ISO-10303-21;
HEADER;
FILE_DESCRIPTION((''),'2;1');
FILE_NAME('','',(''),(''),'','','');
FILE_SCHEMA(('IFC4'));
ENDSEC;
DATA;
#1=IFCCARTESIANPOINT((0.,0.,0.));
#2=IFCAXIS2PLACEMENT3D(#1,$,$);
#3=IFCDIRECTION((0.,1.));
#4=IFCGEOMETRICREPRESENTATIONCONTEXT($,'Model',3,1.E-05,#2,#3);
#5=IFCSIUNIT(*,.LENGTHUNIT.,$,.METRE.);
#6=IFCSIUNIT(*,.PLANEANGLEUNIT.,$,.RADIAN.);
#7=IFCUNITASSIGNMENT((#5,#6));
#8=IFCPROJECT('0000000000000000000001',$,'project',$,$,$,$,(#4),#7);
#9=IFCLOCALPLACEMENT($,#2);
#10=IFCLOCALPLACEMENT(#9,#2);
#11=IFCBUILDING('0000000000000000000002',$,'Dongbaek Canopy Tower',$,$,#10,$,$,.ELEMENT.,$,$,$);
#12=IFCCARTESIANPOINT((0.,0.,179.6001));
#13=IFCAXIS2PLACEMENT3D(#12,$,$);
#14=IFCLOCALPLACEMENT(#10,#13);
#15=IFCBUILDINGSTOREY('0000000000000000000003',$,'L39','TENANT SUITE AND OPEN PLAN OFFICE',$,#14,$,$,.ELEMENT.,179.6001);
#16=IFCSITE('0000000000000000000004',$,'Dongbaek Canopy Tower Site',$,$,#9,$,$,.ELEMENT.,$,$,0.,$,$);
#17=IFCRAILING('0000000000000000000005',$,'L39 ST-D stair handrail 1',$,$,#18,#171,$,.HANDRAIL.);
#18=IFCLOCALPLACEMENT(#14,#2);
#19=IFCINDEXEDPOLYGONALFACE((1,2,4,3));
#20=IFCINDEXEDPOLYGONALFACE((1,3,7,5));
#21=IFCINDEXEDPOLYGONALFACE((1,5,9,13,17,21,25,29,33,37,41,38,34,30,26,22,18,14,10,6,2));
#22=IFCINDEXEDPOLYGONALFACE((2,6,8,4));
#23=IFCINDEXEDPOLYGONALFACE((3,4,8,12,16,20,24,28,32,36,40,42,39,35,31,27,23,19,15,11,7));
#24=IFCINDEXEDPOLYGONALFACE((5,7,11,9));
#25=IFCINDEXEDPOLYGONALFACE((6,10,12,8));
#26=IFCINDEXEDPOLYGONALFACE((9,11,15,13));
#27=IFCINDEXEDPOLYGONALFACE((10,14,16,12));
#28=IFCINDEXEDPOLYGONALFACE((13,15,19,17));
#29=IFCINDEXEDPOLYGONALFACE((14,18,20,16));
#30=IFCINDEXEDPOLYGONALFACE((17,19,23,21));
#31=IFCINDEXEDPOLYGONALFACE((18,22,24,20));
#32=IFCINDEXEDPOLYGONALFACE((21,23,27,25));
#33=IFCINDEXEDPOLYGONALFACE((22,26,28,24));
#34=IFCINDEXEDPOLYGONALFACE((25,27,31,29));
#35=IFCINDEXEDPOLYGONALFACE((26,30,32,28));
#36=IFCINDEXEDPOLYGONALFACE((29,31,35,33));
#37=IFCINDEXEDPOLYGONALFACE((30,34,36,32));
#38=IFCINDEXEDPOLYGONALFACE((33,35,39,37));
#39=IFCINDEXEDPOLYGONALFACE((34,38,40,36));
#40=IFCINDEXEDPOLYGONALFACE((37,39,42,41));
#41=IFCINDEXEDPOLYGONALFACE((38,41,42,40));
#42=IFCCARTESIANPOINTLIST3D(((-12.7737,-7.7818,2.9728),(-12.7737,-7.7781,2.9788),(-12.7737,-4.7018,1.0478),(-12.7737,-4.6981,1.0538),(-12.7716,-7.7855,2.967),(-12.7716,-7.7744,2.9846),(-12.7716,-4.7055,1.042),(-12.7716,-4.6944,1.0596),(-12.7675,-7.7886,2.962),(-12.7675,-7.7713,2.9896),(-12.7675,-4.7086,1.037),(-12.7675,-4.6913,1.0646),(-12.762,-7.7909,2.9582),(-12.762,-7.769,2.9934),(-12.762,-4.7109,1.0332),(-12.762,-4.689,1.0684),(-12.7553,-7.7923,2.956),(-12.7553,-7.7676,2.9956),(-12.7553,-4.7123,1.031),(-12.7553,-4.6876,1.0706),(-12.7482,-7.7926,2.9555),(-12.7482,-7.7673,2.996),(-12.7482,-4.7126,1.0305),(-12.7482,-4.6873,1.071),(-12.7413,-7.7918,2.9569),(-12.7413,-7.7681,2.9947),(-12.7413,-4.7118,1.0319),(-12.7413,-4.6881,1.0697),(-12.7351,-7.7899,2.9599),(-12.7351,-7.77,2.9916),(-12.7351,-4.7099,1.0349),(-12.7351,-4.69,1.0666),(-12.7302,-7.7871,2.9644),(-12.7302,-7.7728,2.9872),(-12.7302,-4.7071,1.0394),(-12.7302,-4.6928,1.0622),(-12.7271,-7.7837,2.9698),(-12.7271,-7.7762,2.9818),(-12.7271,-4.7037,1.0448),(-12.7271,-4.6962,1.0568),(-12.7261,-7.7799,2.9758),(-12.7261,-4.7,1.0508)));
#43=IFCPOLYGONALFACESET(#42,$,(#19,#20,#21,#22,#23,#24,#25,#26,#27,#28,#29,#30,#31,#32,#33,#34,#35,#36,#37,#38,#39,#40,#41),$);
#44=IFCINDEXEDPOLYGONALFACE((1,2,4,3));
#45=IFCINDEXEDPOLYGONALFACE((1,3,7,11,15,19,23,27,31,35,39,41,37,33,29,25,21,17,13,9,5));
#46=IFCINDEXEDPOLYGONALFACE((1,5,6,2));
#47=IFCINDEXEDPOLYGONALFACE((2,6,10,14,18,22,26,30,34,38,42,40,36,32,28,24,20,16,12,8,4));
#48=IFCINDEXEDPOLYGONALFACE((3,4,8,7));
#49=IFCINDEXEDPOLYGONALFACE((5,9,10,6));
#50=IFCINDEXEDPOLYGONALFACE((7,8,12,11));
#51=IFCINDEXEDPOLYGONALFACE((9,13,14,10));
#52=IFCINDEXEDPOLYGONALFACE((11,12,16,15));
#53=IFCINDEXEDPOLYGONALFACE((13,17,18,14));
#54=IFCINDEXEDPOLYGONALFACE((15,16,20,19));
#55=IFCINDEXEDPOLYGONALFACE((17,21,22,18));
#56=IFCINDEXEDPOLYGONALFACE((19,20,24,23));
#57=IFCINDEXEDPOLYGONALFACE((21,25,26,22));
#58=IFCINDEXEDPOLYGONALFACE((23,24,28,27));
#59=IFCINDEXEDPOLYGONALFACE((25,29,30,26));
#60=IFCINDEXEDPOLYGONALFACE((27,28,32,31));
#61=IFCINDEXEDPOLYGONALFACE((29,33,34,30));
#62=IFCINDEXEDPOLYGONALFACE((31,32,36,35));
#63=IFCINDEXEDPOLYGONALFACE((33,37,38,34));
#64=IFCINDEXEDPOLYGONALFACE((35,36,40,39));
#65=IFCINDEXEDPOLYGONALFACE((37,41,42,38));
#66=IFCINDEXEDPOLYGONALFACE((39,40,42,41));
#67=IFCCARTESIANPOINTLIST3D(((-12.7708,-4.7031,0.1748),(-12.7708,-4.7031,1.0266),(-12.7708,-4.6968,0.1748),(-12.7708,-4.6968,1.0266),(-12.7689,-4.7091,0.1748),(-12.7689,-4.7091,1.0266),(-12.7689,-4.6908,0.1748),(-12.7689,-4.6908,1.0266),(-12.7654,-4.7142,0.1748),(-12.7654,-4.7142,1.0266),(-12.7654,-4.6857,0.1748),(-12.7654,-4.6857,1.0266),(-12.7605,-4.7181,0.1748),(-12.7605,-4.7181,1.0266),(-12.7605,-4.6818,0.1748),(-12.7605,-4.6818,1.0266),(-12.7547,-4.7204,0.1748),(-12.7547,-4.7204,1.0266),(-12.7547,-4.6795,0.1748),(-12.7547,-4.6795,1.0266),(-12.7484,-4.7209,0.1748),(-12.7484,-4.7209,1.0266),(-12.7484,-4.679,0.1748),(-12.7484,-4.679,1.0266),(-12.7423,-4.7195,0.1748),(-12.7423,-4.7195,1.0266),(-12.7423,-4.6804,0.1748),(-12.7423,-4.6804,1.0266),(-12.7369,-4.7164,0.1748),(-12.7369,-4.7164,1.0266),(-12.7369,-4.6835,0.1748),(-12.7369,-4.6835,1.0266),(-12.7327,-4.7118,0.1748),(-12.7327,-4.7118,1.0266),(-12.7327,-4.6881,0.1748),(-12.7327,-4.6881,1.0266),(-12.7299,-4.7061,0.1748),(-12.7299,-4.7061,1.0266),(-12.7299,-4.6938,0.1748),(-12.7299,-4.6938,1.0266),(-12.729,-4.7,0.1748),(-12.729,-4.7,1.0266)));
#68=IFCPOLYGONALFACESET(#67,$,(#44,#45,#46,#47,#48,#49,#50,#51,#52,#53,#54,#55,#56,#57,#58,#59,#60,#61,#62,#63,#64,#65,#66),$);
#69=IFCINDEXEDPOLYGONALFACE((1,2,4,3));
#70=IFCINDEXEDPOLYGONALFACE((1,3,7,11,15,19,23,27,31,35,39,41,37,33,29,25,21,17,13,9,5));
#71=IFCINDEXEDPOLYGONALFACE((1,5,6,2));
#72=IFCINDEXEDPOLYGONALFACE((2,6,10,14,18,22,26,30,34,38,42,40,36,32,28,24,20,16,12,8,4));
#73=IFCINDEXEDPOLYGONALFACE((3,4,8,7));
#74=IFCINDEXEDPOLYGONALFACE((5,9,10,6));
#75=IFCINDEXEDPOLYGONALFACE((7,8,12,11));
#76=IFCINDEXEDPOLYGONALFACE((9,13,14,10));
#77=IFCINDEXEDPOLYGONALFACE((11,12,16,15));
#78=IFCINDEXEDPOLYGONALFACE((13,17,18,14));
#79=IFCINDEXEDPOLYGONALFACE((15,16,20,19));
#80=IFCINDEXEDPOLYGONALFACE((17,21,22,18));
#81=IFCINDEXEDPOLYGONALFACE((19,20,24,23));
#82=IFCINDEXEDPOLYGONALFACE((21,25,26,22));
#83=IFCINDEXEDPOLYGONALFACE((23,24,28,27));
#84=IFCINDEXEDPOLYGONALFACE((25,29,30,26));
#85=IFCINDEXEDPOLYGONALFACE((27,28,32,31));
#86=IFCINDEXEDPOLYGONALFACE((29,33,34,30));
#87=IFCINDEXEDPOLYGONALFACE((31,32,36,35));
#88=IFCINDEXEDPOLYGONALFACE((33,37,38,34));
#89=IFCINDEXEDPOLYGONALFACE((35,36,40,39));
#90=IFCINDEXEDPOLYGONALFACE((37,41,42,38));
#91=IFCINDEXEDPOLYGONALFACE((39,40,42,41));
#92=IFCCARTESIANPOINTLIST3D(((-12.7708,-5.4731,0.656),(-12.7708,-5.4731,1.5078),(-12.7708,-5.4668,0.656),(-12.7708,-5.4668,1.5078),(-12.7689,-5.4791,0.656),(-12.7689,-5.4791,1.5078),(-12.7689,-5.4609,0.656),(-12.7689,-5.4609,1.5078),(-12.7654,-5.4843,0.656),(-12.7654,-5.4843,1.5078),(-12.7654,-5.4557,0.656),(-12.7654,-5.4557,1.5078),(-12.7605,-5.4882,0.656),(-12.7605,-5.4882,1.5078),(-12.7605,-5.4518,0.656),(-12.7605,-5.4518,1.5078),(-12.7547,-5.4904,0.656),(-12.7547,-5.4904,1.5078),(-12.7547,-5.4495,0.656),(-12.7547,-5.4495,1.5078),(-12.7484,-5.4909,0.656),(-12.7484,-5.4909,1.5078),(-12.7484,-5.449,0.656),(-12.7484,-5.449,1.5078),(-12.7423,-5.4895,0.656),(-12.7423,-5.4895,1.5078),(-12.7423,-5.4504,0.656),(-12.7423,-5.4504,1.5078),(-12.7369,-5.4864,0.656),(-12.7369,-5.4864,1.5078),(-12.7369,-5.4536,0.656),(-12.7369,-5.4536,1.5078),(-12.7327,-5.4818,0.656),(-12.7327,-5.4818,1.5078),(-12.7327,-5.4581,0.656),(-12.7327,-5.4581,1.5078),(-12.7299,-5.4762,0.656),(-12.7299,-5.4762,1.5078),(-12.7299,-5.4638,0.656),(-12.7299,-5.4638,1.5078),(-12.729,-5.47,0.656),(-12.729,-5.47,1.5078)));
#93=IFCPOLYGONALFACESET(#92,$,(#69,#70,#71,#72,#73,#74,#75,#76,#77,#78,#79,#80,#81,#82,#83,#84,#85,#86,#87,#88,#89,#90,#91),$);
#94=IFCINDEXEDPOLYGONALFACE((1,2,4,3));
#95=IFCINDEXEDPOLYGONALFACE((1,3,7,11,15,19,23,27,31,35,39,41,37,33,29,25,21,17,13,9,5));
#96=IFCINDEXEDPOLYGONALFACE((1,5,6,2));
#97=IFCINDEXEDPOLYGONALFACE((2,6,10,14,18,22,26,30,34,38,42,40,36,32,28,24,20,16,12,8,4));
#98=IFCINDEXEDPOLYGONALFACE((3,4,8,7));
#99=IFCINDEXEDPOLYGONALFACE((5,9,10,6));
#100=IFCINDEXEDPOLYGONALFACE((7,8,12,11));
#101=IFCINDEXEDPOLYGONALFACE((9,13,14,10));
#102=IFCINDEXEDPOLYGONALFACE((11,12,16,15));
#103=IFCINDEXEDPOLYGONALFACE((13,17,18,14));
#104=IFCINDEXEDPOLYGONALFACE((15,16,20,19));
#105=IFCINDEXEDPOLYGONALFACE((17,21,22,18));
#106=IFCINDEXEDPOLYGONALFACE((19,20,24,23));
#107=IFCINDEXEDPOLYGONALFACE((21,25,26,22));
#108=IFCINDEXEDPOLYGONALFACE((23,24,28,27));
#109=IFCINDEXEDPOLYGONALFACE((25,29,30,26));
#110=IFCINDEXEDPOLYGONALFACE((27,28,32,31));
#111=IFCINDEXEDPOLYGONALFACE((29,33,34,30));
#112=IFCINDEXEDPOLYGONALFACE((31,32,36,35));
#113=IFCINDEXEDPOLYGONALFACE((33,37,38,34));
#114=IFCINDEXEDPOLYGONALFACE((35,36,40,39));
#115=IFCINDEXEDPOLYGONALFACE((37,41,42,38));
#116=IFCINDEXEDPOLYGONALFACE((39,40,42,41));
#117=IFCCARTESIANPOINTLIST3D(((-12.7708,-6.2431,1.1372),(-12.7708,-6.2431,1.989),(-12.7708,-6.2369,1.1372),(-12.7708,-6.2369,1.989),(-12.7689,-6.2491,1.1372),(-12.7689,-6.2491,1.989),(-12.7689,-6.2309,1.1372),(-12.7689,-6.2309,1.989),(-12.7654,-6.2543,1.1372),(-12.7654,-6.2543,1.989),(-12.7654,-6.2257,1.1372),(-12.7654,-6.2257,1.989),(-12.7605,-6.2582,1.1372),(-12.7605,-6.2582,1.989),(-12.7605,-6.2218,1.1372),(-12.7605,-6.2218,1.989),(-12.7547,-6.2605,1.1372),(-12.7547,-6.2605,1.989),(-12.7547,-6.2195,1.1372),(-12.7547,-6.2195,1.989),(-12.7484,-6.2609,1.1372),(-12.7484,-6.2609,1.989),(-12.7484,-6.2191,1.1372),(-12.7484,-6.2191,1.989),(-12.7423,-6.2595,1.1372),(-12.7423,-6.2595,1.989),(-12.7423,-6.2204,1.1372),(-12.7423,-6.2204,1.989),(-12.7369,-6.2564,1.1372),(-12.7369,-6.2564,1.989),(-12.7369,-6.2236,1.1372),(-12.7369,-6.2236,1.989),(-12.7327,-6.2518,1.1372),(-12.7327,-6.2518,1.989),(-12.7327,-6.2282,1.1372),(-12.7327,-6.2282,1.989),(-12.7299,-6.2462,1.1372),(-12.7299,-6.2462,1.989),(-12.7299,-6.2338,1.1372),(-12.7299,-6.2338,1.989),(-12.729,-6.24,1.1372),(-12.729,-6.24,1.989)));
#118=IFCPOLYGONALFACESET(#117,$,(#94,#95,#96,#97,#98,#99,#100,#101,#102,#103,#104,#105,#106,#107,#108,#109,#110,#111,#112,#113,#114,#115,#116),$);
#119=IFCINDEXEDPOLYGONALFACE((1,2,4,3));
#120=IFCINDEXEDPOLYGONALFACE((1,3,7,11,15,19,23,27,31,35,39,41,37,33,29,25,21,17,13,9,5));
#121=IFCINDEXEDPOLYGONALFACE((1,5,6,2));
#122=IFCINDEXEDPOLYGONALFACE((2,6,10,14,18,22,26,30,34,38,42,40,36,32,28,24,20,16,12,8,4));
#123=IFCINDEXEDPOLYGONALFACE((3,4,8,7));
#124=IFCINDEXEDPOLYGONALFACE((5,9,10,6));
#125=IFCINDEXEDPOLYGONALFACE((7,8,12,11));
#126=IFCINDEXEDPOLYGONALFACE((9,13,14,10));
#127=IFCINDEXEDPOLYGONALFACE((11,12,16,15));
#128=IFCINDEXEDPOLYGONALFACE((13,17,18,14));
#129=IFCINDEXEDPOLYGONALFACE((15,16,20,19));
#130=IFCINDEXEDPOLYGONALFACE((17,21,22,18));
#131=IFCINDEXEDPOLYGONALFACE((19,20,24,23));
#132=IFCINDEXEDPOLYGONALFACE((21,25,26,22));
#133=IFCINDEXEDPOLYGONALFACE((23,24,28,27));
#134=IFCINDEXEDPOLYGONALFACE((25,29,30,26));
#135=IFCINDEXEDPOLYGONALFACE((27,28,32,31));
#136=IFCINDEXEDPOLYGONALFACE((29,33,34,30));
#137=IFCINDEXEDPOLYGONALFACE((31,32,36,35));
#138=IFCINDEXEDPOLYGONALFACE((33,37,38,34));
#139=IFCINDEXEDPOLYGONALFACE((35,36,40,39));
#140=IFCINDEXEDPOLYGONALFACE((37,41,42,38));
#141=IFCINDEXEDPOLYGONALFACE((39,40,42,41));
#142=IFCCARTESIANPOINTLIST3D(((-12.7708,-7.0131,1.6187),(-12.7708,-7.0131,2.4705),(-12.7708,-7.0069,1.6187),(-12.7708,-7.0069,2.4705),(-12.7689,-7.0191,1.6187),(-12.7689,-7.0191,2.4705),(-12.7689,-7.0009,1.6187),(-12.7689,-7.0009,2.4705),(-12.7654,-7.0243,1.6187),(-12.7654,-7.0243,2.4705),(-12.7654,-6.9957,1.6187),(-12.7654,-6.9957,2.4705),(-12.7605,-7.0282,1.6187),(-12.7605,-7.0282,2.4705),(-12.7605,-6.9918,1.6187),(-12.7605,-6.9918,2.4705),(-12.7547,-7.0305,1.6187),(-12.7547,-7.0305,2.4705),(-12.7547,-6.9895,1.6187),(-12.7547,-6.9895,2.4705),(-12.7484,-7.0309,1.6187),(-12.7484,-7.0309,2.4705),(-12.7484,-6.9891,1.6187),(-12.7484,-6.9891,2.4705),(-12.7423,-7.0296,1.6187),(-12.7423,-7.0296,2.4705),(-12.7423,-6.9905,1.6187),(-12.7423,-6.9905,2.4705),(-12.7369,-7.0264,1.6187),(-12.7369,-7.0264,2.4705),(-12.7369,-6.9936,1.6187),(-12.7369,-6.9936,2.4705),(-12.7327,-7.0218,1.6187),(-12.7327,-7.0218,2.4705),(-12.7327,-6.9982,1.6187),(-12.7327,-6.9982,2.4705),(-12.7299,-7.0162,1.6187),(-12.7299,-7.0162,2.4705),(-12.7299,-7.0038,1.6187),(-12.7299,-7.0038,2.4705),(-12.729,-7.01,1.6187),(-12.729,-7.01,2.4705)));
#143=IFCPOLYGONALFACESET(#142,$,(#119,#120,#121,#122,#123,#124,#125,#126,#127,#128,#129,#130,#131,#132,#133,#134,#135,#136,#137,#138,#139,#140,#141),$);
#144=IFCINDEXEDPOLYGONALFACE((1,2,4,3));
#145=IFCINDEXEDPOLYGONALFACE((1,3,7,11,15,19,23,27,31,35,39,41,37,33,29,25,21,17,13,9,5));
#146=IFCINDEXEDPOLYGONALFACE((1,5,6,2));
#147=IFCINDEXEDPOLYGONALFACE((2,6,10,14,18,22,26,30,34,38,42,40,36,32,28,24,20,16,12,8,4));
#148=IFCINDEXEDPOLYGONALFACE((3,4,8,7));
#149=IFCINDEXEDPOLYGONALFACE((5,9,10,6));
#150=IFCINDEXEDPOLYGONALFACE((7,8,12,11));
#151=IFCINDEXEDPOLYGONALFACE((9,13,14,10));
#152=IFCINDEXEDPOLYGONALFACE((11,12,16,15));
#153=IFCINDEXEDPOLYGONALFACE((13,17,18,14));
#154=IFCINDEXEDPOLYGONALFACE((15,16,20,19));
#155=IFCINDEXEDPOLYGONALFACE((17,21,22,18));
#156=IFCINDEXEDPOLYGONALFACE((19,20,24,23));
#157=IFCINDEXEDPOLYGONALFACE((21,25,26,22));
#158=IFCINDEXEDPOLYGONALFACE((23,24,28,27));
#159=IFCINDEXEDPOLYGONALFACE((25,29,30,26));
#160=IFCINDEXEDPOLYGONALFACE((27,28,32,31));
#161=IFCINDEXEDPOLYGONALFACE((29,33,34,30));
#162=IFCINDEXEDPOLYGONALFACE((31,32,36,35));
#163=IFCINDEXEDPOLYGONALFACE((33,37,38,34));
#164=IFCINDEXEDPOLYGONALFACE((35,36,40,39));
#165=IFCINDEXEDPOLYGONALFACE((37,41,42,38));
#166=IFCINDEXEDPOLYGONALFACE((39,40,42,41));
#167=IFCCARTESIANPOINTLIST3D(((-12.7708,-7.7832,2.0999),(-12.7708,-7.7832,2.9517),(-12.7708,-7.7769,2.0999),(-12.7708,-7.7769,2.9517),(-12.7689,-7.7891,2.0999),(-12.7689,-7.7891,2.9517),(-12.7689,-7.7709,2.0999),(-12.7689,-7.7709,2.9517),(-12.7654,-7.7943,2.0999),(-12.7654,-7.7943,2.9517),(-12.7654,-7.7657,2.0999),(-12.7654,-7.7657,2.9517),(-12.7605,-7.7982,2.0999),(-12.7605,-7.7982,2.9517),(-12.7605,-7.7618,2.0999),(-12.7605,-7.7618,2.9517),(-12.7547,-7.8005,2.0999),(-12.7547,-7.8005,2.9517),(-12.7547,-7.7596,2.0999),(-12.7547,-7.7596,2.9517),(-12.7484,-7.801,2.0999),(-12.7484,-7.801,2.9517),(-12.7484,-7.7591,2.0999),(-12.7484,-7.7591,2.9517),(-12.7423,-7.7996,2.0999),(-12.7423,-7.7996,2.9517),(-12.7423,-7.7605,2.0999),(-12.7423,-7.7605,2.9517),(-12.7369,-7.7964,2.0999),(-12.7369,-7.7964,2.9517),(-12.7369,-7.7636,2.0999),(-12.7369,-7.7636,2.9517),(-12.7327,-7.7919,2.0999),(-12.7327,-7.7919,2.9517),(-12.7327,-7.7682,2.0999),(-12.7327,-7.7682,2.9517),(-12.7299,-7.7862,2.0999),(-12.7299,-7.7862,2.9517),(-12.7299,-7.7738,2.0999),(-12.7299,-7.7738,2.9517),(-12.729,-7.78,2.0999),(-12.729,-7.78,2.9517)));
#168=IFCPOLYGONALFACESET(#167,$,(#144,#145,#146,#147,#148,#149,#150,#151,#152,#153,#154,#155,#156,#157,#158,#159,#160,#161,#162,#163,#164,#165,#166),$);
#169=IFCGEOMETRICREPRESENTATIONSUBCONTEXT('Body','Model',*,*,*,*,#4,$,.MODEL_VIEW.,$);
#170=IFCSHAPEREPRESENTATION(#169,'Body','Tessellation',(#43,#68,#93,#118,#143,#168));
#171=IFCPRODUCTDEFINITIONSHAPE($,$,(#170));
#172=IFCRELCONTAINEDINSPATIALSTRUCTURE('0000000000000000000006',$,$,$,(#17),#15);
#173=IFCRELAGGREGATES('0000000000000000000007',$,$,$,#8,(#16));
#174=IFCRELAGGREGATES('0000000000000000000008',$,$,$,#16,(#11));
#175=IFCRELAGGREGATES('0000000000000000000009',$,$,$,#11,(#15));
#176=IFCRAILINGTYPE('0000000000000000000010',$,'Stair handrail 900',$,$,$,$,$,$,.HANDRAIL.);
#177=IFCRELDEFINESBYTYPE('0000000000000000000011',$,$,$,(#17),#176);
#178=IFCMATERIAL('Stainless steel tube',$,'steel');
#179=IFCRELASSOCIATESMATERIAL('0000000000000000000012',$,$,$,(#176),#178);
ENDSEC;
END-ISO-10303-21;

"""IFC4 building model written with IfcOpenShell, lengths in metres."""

from ifc_helpers import new_model, si_unit, direction, frame, origin, origin_2d, place, context, subcontext, project, spatial, circle, extrude, material, type_object, element, save


model = new_model("IFC4")

# Units and contexts
model_context = context("Model", 3, precision=1e-05, world=origin(), true_north=direction((0.0, 1.0)))
body_context = subcontext(model_context, "Body", "Model", "MODEL_VIEW")
ifc_project = project(units=[si_unit("LENGTHUNIT", "METRE"), si_unit("PLANEANGLEUNIT", "RADIAN")], contexts=[model_context])

# Site, building, storey
site_placement = place(None, origin())
site = spatial("IfcSite", under=ifc_project, at=site_placement, Name="Dongbaek Canopy Tower Site", CompositionType="ELEMENT", RefElevation=0.0)
building_placement = place(site_placement, origin())
building = spatial("IfcBuilding", under=site, at=building_placement, Name="Dongbaek Canopy Tower", CompositionType="ELEMENT")
storey_placement = place(building_placement, frame((0.0, 0.0, 179.6001)))
storey = spatial("IfcBuildingStorey", under=building, at=storey_placement, Name="L39", Description="TENANT SUITE AND OPEN PLAN OFFICE", CompositionType="ELEMENT", Elevation=179.6001)

# Railing
ifc_material_1 = material(Name="Stainless steel tube", Category="steel")
railing_type_1 = type_object("IfcRailingType", Name="Stair handrail 900", PredefinedType="HANDRAIL", material=ifc_material_1)
railing_1_placement = place(storey_placement, frame((-12.75, -4.7, 0.1748)))
element("IfcRailing", 1, at=railing_1_placement, inside=storey, type_object=railing_type_1, Name="L39 ST-D stair handrail 1", PredefinedType="HANDRAIL", context=body_context, shape_type="SweptSolid", body=[
    extrude(circle(Radius=0.0239, at=origin_2d()), frame((0.0, 0.0, 0.876), z_axis=(0.0, -0.847998, 0.529999), x_axis=(1.0, 0.0, 0.0)), (0.0, 0.0, 1.0), 3.6321),
    extrude(circle(Radius=0.021, at=origin_2d()), origin(), (0.0, 0.0, 1.0), 0.8518),
    extrude(circle(Radius=0.021, at=origin_2d()), frame((0.0, -0.77, 0.4812)), (0.0, 0.0, 1.0), 0.8518),
    extrude(circle(Radius=0.021, at=origin_2d()), frame((0.0, -1.54, 0.9624)), (0.0, 0.0, 1.0), 0.8518),
    extrude(circle(Radius=0.021, at=origin_2d()), frame((0.0, -2.3101, 1.4438)), (0.0, 0.0, 1.0), 0.8518),
    extrude(circle(Radius=0.021, at=origin_2d()), frame((0.0, -3.0801, 1.925)), (0.0, 0.0, 1.0), 0.8518),
])

save(model, "model.ifc")
